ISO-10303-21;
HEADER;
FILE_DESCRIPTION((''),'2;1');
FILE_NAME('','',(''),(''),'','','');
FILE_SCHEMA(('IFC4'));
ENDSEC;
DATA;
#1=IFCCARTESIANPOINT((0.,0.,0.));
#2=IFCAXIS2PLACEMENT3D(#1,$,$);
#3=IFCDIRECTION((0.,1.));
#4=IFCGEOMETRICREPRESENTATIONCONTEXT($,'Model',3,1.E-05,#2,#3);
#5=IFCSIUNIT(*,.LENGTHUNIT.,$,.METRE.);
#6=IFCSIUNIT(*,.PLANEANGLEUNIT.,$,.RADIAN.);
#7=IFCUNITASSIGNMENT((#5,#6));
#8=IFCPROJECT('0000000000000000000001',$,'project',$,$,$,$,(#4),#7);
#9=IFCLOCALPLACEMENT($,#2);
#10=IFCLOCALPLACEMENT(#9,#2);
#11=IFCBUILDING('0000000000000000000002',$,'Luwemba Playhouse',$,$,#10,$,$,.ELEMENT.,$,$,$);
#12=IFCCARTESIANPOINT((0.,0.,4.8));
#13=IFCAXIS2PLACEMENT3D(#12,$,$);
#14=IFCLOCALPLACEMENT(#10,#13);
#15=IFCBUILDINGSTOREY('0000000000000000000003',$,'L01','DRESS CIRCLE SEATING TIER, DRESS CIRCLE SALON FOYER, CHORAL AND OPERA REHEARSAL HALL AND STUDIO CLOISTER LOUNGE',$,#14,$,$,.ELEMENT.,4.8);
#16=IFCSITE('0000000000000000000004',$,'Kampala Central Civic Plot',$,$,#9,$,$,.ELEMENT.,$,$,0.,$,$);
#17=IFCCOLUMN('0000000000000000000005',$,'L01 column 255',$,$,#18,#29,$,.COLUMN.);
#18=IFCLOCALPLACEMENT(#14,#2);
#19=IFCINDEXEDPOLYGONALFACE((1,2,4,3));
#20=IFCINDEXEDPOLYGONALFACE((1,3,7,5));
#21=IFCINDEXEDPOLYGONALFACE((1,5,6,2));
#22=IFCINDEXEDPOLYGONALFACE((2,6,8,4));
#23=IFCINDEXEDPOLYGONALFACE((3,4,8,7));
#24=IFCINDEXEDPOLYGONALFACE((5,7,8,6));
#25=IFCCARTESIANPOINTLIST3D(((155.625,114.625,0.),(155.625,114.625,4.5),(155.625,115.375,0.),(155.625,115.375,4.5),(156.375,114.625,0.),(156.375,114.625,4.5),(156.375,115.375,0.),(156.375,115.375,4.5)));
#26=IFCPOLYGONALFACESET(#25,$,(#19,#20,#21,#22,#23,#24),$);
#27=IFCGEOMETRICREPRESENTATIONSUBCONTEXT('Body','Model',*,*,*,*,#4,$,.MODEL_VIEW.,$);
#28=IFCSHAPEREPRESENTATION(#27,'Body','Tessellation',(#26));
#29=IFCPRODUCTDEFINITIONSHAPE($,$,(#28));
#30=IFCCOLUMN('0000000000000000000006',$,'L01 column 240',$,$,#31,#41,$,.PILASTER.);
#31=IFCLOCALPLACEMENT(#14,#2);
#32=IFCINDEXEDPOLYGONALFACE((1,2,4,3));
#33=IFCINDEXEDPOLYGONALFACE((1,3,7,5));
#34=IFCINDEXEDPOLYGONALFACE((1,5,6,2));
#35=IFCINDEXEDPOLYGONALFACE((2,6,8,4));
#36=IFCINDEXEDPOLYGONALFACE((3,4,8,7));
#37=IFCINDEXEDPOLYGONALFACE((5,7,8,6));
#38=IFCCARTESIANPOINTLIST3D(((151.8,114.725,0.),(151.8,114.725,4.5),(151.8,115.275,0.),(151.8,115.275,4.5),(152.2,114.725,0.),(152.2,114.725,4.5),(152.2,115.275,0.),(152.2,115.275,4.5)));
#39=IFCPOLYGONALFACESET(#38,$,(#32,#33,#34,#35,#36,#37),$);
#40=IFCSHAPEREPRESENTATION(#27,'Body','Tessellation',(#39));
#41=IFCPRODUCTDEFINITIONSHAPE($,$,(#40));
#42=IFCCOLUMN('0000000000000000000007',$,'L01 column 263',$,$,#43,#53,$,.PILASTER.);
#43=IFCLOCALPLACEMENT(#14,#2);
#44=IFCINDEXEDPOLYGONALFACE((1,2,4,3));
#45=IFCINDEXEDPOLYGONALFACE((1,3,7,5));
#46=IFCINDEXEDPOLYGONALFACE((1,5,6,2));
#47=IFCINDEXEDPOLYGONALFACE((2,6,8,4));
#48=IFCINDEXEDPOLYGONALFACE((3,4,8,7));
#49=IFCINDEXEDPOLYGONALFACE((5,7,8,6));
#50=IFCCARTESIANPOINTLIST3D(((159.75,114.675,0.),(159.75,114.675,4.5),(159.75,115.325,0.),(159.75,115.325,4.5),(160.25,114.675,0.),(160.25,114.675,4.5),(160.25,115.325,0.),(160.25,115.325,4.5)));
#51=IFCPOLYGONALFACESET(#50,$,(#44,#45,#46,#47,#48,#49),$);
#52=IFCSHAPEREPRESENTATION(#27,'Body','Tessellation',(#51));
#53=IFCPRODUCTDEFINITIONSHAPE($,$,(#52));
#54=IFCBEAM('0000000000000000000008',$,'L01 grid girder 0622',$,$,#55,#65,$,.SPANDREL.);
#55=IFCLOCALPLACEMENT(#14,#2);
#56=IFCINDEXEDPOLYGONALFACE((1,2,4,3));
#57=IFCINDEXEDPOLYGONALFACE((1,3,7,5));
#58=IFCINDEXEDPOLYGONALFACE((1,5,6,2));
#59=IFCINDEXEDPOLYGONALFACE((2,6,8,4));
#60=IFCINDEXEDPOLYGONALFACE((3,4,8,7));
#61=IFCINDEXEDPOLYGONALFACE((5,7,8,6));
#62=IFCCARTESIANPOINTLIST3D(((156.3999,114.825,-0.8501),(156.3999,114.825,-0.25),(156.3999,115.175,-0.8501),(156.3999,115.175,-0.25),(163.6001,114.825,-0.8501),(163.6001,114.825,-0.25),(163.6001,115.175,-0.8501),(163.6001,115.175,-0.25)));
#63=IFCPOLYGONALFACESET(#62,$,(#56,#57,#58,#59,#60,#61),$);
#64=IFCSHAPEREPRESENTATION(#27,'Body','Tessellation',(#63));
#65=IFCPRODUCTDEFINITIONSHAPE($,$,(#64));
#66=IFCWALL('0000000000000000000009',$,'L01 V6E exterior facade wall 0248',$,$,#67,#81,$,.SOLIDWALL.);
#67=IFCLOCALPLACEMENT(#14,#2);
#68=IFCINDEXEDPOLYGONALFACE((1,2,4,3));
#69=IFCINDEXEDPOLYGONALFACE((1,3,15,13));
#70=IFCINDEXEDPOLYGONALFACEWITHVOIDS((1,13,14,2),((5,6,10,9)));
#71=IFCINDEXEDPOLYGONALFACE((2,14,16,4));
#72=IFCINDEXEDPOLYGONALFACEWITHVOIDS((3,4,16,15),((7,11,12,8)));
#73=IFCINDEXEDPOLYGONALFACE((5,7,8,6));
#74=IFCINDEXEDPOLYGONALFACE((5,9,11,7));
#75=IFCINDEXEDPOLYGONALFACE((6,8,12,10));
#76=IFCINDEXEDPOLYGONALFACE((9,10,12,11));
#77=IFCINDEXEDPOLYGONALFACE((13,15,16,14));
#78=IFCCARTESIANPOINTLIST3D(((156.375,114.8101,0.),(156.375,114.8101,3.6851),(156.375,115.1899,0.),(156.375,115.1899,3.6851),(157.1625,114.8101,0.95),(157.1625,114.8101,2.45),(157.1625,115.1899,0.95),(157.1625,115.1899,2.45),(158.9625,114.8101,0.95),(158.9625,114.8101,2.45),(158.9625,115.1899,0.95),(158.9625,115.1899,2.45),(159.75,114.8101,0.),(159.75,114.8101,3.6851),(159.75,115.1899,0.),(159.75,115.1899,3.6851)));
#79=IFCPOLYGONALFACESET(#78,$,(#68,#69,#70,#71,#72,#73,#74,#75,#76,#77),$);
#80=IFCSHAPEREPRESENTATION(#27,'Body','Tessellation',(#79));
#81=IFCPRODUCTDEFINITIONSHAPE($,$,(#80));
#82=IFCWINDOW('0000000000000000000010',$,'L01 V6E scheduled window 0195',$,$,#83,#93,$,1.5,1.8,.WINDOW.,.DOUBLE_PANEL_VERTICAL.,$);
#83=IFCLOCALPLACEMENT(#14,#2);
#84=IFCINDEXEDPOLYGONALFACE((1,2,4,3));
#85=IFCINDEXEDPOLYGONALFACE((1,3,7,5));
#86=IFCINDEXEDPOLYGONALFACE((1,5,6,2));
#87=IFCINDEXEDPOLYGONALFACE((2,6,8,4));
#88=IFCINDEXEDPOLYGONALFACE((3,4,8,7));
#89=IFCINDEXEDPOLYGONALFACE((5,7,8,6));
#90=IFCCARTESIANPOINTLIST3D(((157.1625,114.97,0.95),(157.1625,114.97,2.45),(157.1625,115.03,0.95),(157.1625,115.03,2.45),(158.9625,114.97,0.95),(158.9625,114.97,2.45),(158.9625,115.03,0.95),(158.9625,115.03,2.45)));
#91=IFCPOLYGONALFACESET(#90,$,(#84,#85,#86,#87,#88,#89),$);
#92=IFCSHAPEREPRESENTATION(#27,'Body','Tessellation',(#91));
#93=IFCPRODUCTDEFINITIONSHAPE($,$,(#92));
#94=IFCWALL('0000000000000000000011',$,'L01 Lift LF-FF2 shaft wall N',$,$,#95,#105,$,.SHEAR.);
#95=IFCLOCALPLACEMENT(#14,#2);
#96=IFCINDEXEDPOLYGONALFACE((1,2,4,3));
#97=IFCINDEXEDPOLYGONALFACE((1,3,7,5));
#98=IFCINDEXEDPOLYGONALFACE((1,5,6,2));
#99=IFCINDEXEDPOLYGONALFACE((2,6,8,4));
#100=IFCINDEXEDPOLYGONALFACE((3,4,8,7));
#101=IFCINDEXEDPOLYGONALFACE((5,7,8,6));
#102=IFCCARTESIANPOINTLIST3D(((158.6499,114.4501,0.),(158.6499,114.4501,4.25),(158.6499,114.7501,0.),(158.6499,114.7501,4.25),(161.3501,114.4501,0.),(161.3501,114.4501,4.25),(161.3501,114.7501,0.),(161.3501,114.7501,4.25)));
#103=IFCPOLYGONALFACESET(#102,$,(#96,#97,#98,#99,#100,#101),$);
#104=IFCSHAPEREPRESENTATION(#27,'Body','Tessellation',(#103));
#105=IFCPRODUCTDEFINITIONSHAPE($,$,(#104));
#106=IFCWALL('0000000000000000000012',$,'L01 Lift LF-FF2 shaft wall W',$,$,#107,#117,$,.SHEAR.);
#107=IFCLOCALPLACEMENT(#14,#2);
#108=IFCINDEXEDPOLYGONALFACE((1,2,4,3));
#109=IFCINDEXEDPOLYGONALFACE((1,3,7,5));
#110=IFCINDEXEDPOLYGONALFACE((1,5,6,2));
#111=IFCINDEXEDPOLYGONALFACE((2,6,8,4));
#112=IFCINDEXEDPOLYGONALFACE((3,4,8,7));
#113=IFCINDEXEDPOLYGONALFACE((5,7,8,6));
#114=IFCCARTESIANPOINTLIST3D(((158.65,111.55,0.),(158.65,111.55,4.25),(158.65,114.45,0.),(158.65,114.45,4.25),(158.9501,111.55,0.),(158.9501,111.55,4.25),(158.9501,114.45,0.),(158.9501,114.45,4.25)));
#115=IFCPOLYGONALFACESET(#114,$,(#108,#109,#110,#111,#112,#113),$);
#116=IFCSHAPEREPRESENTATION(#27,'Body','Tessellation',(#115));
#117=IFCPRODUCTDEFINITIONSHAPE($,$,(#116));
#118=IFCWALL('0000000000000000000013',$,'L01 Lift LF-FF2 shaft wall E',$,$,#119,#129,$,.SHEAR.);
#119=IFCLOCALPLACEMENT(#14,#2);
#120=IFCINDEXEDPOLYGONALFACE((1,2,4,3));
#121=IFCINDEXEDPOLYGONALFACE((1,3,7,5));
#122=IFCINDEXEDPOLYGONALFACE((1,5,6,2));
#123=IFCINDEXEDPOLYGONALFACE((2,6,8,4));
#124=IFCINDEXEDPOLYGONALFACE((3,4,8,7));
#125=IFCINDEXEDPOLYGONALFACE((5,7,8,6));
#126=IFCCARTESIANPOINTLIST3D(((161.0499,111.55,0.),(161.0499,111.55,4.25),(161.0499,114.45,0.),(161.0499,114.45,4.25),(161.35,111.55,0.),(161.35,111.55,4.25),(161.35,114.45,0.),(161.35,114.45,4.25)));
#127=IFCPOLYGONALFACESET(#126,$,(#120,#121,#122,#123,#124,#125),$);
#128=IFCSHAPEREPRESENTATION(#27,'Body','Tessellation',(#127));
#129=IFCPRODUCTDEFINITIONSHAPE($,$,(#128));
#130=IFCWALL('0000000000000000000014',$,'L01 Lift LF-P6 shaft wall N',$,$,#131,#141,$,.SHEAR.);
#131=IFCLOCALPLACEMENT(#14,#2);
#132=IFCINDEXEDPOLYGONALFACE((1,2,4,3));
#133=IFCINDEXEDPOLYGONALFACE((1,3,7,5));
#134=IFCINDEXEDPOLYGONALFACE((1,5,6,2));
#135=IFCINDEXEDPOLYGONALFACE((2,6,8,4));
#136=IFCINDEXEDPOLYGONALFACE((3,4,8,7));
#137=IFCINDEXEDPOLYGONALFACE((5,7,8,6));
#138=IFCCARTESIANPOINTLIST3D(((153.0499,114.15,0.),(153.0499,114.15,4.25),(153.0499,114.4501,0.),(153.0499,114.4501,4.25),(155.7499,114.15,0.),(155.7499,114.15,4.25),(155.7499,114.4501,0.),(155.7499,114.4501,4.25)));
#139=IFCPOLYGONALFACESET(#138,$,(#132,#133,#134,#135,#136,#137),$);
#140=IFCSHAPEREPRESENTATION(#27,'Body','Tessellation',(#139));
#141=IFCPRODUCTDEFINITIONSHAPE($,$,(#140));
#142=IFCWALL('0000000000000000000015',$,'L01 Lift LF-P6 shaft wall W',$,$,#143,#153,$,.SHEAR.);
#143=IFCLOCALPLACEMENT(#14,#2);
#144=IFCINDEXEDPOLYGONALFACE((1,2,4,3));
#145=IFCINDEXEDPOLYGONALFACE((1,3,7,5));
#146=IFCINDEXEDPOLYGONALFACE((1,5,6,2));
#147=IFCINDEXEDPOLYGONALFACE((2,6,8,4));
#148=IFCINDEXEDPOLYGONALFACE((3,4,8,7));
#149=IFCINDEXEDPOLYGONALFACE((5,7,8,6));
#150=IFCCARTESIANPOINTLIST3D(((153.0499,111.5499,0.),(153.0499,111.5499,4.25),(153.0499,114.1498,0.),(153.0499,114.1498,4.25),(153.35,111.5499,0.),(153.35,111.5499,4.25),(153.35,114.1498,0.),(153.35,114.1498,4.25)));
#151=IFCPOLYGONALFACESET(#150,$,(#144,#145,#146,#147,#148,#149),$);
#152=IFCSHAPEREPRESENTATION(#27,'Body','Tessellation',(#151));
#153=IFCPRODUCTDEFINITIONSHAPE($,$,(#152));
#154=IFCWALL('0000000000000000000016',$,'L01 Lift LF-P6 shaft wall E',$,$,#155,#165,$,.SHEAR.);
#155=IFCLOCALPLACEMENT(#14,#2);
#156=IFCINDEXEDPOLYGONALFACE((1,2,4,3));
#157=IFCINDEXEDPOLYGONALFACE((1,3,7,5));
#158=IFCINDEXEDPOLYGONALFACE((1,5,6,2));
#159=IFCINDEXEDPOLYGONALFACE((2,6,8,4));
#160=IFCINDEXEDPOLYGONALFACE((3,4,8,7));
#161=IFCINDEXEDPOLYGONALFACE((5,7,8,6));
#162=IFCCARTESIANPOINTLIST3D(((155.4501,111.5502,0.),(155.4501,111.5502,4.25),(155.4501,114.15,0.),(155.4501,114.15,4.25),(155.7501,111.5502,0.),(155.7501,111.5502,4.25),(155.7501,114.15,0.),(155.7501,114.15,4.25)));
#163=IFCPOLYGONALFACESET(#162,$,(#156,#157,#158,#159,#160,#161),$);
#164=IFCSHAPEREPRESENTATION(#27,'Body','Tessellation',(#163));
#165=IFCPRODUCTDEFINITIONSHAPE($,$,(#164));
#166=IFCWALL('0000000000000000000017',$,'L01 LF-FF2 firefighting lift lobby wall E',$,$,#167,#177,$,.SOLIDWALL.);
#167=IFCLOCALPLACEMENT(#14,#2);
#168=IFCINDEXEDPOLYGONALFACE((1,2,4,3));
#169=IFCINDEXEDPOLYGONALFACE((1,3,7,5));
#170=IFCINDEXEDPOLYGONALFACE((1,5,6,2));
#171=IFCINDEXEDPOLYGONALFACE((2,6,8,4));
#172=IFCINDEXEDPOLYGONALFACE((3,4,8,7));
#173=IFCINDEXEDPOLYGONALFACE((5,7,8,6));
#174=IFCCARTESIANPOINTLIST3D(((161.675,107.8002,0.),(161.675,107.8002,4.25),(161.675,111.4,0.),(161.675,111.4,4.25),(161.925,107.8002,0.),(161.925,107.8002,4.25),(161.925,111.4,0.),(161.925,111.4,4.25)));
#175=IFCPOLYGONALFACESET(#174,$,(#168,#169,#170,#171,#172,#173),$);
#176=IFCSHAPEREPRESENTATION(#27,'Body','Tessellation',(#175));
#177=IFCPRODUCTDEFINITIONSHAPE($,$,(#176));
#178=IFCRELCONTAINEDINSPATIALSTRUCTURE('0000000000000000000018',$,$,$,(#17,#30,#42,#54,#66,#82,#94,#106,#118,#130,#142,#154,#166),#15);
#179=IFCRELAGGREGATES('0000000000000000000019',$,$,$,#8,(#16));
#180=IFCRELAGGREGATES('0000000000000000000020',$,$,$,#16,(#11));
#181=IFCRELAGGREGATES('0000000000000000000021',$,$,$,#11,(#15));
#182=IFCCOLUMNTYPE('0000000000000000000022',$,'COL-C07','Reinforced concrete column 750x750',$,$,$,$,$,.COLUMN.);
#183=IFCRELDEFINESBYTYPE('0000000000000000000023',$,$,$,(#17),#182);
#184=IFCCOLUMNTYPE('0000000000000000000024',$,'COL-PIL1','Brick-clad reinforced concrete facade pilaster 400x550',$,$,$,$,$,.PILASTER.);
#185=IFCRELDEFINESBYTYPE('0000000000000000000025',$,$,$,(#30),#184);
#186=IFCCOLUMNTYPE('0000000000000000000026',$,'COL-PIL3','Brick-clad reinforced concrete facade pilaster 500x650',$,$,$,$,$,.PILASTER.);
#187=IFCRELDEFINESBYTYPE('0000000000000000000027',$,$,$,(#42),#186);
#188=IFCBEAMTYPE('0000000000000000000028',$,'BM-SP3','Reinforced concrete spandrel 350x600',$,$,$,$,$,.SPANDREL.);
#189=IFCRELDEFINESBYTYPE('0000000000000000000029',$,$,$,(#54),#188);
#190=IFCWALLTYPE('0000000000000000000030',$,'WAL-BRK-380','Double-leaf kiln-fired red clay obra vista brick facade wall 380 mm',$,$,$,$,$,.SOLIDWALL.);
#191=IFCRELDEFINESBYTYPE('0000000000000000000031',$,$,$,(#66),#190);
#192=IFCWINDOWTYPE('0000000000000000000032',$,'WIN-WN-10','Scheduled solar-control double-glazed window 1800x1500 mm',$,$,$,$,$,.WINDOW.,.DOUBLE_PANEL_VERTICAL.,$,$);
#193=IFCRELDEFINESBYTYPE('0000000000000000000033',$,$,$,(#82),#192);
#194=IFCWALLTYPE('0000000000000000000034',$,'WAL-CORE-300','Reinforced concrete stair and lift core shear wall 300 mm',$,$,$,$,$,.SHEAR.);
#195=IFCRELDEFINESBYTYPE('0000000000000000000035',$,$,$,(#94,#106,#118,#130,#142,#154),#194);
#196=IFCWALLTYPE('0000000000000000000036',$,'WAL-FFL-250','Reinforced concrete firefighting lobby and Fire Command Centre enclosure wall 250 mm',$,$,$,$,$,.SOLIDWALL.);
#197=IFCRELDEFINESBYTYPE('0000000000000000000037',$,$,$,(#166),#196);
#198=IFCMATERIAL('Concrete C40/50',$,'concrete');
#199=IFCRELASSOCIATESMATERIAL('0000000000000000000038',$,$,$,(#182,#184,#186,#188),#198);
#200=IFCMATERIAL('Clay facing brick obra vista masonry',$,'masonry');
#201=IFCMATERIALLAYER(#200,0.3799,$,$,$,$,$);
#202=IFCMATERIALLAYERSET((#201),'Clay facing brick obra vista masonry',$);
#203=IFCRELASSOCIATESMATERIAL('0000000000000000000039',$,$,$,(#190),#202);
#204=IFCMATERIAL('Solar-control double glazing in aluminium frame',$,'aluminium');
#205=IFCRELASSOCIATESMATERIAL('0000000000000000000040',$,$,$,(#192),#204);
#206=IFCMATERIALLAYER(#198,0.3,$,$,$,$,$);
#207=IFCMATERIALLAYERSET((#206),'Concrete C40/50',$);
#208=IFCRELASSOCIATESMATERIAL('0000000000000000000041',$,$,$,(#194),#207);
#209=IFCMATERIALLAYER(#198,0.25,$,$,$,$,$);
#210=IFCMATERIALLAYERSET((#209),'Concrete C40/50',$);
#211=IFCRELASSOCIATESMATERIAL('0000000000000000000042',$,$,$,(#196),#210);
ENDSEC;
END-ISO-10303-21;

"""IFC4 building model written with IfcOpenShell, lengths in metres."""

from ifc_helpers import new_model, si_unit, direction, frame, frame_2d, origin, origin_2d, place, context, subcontext, project, spatial, rectangle, extrude, material, layer, layer_set, material_profile, profile_set, type_object, element, fill, save


model = new_model("IFC4")

# Units and contexts
model_context = context("Model", 3, precision=1e-05, world=origin(), true_north=direction((0.0, 1.0)))
body_context = subcontext(model_context, "Body", "Model", "MODEL_VIEW")
ifc_project = project(units=[si_unit("LENGTHUNIT", "METRE"), si_unit("PLANEANGLEUNIT", "RADIAN")], contexts=[model_context])

# Site, building, storey
site_placement = place(None, origin())
site = spatial("IfcSite", under=ifc_project, at=site_placement, Name="Kampala Central Civic Plot", CompositionType="ELEMENT", RefElevation=0.0)
building_placement = place(site_placement, origin())
building = spatial("IfcBuilding", under=site, at=building_placement, Name="Luwemba Playhouse", CompositionType="ELEMENT")
storey_placement = place(building_placement, frame((0.0, 0.0, 4.8)))
storey = spatial("IfcBuildingStorey", under=building, at=storey_placement, Name="L01", Description="DRESS CIRCLE SEATING TIER, DRESS CIRCLE SALON FOYER, CHORAL AND OPERA REHEARSAL HALL AND STUDIO CLOISTER LOUNGE", CompositionType="ELEMENT", Elevation=4.8)

# Columns
ifc_material_1 = material(Name="Concrete C40/50", Category="concrete")
ifc_material_profile_1 = material_profile(ifc_material_1, rectangle(XDim=0.75, YDim=0.75, at=origin_2d()))
ifc_profile_set_1 = profile_set([ifc_material_profile_1], Name="Concrete C40/50")
column_type_1 = type_object("IfcColumnType", Name="COL-C07", Description="Reinforced concrete column 750x750", PredefinedType="COLUMN", material=ifc_profile_set_1)
column_1_placement = place(storey_placement, frame((156.0, 115.0, 0.0), z_axis=(0.0, 0.0, 1.0), x_axis=(1.0, 0.0, 0.0)))
element("IfcColumn", 1, at=column_1_placement, inside=storey, type_object=column_type_1, Name="L01 column 255", PredefinedType="COLUMN", context=body_context, shape_type="SweptSolid", body=[
    extrude(rectangle(XDim=0.75, YDim=0.75, at=origin_2d()), origin(), (0.0, 0.0, 1.0), 4.5),
])
ifc_material_profile_2 = material_profile(ifc_material_1, rectangle(XDim=0.3999, YDim=0.55, at=origin_2d()))
ifc_profile_set_2 = profile_set([ifc_material_profile_2], Name="Concrete C40/50")
column_type_2 = type_object("IfcColumnType", Name="COL-PIL1", Description="Brick-clad reinforced concrete facade pilaster 400x550", PredefinedType="PILASTER", material=ifc_profile_set_2)
column_2_placement = place(storey_placement, frame((152.0, 115.0, 0.0), z_axis=(0.0, 0.0, 1.0), x_axis=(1.0, 0.0, 0.0)))
element("IfcColumn", 2, at=column_2_placement, inside=storey, type_object=column_type_2, Name="L01 column 240", PredefinedType="PILASTER", context=body_context, shape_type="SweptSolid", body=[
    extrude(rectangle(XDim=0.3999, YDim=0.55, at=origin_2d()), origin(), (0.0, 0.0, 1.0), 4.5),
])
ifc_material_profile_3 = material_profile(ifc_material_1, rectangle(XDim=0.5, YDim=0.6499, at=origin_2d()))
ifc_profile_set_3 = profile_set([ifc_material_profile_3], Name="Concrete C40/50")
column_type_3 = type_object("IfcColumnType", Name="COL-PIL3", Description="Brick-clad reinforced concrete facade pilaster 500x650", PredefinedType="PILASTER", material=ifc_profile_set_3)
column_3_placement = place(storey_placement, frame((160.0, 115.0, 0.0), z_axis=(0.0, 0.0, 1.0), x_axis=(1.0, 0.0, 0.0)))
element("IfcColumn", 3, at=column_3_placement, inside=storey, type_object=column_type_3, Name="L01 column 263", PredefinedType="PILASTER", context=body_context, shape_type="SweptSolid", body=[
    extrude(rectangle(XDim=0.5, YDim=0.6499, at=origin_2d()), origin(), (0.0, 0.0, 1.0), 4.5),
])

# Beam
ifc_material_profile_4 = material_profile(ifc_material_1, rectangle(XDim=0.3501, YDim=0.6001, at=origin_2d()))
ifc_profile_set_4 = profile_set([ifc_material_profile_4], Name="Concrete C40/50")
beam_type = type_object("IfcBeamType", Name="BM-SP3", Description="Reinforced concrete spandrel 350x600", PredefinedType="SPANDREL", material=ifc_profile_set_4)
beam_placement = place(storey_placement, frame((156.3999, 115.0, -0.55), z_axis=(1.0, 0.0, 0.0), x_axis=(0.0, 1.0, 0.0)))
element("IfcBeam", 4, at=beam_placement, inside=storey, type_object=beam_type, Name="L01 grid girder 0622", PredefinedType="SPANDREL", context=body_context, shape_type="SweptSolid", body=[
    extrude(rectangle(XDim=0.3501, YDim=0.6001, at=origin_2d()), origin(), (0.0, 0.0, 1.0), 7.2002),
])

# Wall, opening, window
ifc_material_2 = material(Name="Clay facing brick obra vista masonry", Category="masonry")
ifc_layer_1 = layer(ifc_material_2, 0.3799)
ifc_layer_set_1 = layer_set([ifc_layer_1], Name="Clay facing brick obra vista masonry")
wall_type_1 = type_object("IfcWallType", Name="WAL-BRK-380", Description="Double-leaf kiln-fired red clay obra vista brick facade wall 380 mm", PredefinedType="SOLIDWALL", material=ifc_layer_set_1)
wall_1_placement = place(storey_placement, frame((156.375, 115.0, 0.0), z_axis=(0.0, 0.0, 1.0), x_axis=(1.0, 0.0, 0.0)))
wall_1 = element("IfcWall", 5, at=wall_1_placement, inside=storey, type_object=wall_type_1, Name="L01 V6E exterior facade wall 0248", PredefinedType="SOLIDWALL", context=body_context, shape_type="SweptSolid", body=[
    extrude(rectangle(XDim=3.375, YDim=0.3799, at=frame_2d((1.6875, 0.0))), origin(), (0.0, 0.0, 1.0), 3.6851),
])
opening_1_placement = place(wall_1_placement, frame((0.7876, 0.0, 0.95)))
opening_1 = element("IfcOpeningElement", 6, at=opening_1_placement, cuts=wall_1, PredefinedType="OPENING", context=body_context, shape_type="SweptSolid", body=[
    extrude(rectangle(XDim=1.8, YDim=1.5, at=frame_2d((0.8999, 0.75))), frame((0.0, 0.2, 0.0), z_axis=(0.0, -1.0, 0.0), x_axis=(1.0, 0.0, 0.0)), (0.0, 0.0, 1.0), 0.3999),
])
ifc_material_3 = material(Name="Solar-control double glazing in aluminium frame", Category="aluminium")
window_type_1 = type_object("IfcWindowType", Name="WIN-WN-10", Description="Scheduled solar-control double-glazed window 1800x1500 mm", PartitioningType="DOUBLE_PANEL_VERTICAL", PredefinedType="WINDOW", material=ifc_material_3)
window_1_placement = place(opening_1_placement, origin())
window_1 = element("IfcWindow", 7, at=window_1_placement, inside=storey, type_object=window_type_1, Name="L01 V6E scheduled window 0195", OverallHeight=1.5, OverallWidth=1.8, PartitioningType="DOUBLE_PANEL_VERTICAL", PredefinedType="WINDOW", context=body_context, shape_type="SweptSolid", body=[
    extrude(rectangle(XDim=1.8, YDim=1.5, at=frame_2d((0.8999, 0.75))), frame((0.0, 0.03, 0.0), z_axis=(0.0, -1.0, 0.0), x_axis=(1.0, 0.0, 0.0)), (0.0, 0.0, 1.0), 0.0601),
])
fill(opening_1, window_1)

# Shared definitions
ifc_layer_2 = layer(ifc_material_1, 0.3)
ifc_layer_set_2 = layer_set([ifc_layer_2], Name="Concrete C40/50")
wall_type_2 = type_object("IfcWallType", Name="WAL-CORE-300", Description="Reinforced concrete stair and lift core shear wall 300 mm", PredefinedType="SHEAR", material=ifc_layer_set_2)

# Walls
wall_2_placement = place(storey_placement, frame((161.3501, 114.6001, 0.0), z_axis=(0.0, 0.0, 1.0), x_axis=(-1.0, 0.0, 0.0)))
element("IfcWall", 8, at=wall_2_placement, inside=storey, type_object=wall_type_2, Name="L01 Lift LF-FF2 shaft wall N", PredefinedType="SHEAR", context=body_context, shape_type="SweptSolid", body=[
    extrude(rectangle(XDim=2.7002, YDim=0.3, at=frame_2d((1.3501, 0.0))), origin(), (0.0, 0.0, 1.0), 4.25),
])
for number, where, z_axis, x_axis, name in (
    (9, (158.8, 111.55, 0.0), (0.0, 0.0, 1.0), (0.0, 1.0, 0.0), "L01 Lift LF-FF2 shaft wall W"),
    (10, (161.2, 114.45, 0.0), (0.0, 0.0, 1.0), (0.0, -1.0, 0.0), "L01 Lift LF-FF2 shaft wall E"),
):
    element("IfcWall", number, at=place(storey_placement, frame(where, z_axis=z_axis, x_axis=x_axis)), inside=storey, type_object=wall_type_2, Name=name, PredefinedType="SHEAR", context=body_context, shape_type="SweptSolid", body=[
        extrude(rectangle(XDim=2.8999, YDim=0.3, at=frame_2d((1.45, 0.0))), origin(), (0.0, 0.0, 1.0), 4.25),
    ])

# Walls
wall_3_placement = place(storey_placement, frame((155.75, 114.3, 0.0), z_axis=(0.0, 0.0, 1.0), x_axis=(-1.0, 0.0, 0.0)))
element("IfcWall", 11, at=wall_3_placement, inside=storey, type_object=wall_type_2, Name="L01 Lift LF-P6 shaft wall N", PredefinedType="SHEAR", context=body_context, shape_type="SweptSolid", body=[
    extrude(rectangle(XDim=2.7, YDim=0.3, at=frame_2d((1.3501, 0.0))), origin(), (0.0, 0.0, 1.0), 4.25),
])
for number, where, z_axis, x_axis, name in (
    (12, (153.2, 111.55, 0.0), (0.0, 0.0, 1.0), (0.0, 1.0, 0.0), "L01 Lift LF-P6 shaft wall W"),
    (13, (155.6001, 114.1499, 0.0), (0.0, 0.0, 1.0), (0.0, -1.0, 0.0), "L01 Lift LF-P6 shaft wall E"),
):
    element("IfcWall", number, at=place(storey_placement, frame(where, z_axis=z_axis, x_axis=x_axis)), inside=storey, type_object=wall_type_2, Name=name, PredefinedType="SHEAR", context=body_context, shape_type="SweptSolid", body=[
        extrude(rectangle(XDim=2.5999, YDim=0.3, at=frame_2d((1.2998, 0.0))), origin(), (0.0, 0.0, 1.0), 4.25),
    ])
ifc_layer_3 = layer(ifc_material_1, 0.25)
ifc_layer_set_3 = layer_set([ifc_layer_3], Name="Concrete C40/50")
wall_type_3 = type_object("IfcWallType", Name="WAL-FFL-250", Description="Reinforced concrete firefighting lobby and Fire Command Centre enclosure wall 250 mm", PredefinedType="SOLIDWALL", material=ifc_layer_set_3)
wall_4_placement = place(storey_placement, frame((161.8, 111.3999, 0.0), z_axis=(0.0, 0.0, 1.0), x_axis=(0.0, -1.0, 0.0)))
element("IfcWall", 14, at=wall_4_placement, inside=storey, type_object=wall_type_3, Name="L01 LF-FF2 firefighting lift lobby wall E", PredefinedType="SOLIDWALL", context=body_context, shape_type="SweptSolid", body=[
    extrude(rectangle(XDim=3.5999, YDim=0.25, at=frame_2d((1.7998, 0.0))), origin(), (0.0, 0.0, 1.0), 4.25),
])

save(model, "model.ifc")
